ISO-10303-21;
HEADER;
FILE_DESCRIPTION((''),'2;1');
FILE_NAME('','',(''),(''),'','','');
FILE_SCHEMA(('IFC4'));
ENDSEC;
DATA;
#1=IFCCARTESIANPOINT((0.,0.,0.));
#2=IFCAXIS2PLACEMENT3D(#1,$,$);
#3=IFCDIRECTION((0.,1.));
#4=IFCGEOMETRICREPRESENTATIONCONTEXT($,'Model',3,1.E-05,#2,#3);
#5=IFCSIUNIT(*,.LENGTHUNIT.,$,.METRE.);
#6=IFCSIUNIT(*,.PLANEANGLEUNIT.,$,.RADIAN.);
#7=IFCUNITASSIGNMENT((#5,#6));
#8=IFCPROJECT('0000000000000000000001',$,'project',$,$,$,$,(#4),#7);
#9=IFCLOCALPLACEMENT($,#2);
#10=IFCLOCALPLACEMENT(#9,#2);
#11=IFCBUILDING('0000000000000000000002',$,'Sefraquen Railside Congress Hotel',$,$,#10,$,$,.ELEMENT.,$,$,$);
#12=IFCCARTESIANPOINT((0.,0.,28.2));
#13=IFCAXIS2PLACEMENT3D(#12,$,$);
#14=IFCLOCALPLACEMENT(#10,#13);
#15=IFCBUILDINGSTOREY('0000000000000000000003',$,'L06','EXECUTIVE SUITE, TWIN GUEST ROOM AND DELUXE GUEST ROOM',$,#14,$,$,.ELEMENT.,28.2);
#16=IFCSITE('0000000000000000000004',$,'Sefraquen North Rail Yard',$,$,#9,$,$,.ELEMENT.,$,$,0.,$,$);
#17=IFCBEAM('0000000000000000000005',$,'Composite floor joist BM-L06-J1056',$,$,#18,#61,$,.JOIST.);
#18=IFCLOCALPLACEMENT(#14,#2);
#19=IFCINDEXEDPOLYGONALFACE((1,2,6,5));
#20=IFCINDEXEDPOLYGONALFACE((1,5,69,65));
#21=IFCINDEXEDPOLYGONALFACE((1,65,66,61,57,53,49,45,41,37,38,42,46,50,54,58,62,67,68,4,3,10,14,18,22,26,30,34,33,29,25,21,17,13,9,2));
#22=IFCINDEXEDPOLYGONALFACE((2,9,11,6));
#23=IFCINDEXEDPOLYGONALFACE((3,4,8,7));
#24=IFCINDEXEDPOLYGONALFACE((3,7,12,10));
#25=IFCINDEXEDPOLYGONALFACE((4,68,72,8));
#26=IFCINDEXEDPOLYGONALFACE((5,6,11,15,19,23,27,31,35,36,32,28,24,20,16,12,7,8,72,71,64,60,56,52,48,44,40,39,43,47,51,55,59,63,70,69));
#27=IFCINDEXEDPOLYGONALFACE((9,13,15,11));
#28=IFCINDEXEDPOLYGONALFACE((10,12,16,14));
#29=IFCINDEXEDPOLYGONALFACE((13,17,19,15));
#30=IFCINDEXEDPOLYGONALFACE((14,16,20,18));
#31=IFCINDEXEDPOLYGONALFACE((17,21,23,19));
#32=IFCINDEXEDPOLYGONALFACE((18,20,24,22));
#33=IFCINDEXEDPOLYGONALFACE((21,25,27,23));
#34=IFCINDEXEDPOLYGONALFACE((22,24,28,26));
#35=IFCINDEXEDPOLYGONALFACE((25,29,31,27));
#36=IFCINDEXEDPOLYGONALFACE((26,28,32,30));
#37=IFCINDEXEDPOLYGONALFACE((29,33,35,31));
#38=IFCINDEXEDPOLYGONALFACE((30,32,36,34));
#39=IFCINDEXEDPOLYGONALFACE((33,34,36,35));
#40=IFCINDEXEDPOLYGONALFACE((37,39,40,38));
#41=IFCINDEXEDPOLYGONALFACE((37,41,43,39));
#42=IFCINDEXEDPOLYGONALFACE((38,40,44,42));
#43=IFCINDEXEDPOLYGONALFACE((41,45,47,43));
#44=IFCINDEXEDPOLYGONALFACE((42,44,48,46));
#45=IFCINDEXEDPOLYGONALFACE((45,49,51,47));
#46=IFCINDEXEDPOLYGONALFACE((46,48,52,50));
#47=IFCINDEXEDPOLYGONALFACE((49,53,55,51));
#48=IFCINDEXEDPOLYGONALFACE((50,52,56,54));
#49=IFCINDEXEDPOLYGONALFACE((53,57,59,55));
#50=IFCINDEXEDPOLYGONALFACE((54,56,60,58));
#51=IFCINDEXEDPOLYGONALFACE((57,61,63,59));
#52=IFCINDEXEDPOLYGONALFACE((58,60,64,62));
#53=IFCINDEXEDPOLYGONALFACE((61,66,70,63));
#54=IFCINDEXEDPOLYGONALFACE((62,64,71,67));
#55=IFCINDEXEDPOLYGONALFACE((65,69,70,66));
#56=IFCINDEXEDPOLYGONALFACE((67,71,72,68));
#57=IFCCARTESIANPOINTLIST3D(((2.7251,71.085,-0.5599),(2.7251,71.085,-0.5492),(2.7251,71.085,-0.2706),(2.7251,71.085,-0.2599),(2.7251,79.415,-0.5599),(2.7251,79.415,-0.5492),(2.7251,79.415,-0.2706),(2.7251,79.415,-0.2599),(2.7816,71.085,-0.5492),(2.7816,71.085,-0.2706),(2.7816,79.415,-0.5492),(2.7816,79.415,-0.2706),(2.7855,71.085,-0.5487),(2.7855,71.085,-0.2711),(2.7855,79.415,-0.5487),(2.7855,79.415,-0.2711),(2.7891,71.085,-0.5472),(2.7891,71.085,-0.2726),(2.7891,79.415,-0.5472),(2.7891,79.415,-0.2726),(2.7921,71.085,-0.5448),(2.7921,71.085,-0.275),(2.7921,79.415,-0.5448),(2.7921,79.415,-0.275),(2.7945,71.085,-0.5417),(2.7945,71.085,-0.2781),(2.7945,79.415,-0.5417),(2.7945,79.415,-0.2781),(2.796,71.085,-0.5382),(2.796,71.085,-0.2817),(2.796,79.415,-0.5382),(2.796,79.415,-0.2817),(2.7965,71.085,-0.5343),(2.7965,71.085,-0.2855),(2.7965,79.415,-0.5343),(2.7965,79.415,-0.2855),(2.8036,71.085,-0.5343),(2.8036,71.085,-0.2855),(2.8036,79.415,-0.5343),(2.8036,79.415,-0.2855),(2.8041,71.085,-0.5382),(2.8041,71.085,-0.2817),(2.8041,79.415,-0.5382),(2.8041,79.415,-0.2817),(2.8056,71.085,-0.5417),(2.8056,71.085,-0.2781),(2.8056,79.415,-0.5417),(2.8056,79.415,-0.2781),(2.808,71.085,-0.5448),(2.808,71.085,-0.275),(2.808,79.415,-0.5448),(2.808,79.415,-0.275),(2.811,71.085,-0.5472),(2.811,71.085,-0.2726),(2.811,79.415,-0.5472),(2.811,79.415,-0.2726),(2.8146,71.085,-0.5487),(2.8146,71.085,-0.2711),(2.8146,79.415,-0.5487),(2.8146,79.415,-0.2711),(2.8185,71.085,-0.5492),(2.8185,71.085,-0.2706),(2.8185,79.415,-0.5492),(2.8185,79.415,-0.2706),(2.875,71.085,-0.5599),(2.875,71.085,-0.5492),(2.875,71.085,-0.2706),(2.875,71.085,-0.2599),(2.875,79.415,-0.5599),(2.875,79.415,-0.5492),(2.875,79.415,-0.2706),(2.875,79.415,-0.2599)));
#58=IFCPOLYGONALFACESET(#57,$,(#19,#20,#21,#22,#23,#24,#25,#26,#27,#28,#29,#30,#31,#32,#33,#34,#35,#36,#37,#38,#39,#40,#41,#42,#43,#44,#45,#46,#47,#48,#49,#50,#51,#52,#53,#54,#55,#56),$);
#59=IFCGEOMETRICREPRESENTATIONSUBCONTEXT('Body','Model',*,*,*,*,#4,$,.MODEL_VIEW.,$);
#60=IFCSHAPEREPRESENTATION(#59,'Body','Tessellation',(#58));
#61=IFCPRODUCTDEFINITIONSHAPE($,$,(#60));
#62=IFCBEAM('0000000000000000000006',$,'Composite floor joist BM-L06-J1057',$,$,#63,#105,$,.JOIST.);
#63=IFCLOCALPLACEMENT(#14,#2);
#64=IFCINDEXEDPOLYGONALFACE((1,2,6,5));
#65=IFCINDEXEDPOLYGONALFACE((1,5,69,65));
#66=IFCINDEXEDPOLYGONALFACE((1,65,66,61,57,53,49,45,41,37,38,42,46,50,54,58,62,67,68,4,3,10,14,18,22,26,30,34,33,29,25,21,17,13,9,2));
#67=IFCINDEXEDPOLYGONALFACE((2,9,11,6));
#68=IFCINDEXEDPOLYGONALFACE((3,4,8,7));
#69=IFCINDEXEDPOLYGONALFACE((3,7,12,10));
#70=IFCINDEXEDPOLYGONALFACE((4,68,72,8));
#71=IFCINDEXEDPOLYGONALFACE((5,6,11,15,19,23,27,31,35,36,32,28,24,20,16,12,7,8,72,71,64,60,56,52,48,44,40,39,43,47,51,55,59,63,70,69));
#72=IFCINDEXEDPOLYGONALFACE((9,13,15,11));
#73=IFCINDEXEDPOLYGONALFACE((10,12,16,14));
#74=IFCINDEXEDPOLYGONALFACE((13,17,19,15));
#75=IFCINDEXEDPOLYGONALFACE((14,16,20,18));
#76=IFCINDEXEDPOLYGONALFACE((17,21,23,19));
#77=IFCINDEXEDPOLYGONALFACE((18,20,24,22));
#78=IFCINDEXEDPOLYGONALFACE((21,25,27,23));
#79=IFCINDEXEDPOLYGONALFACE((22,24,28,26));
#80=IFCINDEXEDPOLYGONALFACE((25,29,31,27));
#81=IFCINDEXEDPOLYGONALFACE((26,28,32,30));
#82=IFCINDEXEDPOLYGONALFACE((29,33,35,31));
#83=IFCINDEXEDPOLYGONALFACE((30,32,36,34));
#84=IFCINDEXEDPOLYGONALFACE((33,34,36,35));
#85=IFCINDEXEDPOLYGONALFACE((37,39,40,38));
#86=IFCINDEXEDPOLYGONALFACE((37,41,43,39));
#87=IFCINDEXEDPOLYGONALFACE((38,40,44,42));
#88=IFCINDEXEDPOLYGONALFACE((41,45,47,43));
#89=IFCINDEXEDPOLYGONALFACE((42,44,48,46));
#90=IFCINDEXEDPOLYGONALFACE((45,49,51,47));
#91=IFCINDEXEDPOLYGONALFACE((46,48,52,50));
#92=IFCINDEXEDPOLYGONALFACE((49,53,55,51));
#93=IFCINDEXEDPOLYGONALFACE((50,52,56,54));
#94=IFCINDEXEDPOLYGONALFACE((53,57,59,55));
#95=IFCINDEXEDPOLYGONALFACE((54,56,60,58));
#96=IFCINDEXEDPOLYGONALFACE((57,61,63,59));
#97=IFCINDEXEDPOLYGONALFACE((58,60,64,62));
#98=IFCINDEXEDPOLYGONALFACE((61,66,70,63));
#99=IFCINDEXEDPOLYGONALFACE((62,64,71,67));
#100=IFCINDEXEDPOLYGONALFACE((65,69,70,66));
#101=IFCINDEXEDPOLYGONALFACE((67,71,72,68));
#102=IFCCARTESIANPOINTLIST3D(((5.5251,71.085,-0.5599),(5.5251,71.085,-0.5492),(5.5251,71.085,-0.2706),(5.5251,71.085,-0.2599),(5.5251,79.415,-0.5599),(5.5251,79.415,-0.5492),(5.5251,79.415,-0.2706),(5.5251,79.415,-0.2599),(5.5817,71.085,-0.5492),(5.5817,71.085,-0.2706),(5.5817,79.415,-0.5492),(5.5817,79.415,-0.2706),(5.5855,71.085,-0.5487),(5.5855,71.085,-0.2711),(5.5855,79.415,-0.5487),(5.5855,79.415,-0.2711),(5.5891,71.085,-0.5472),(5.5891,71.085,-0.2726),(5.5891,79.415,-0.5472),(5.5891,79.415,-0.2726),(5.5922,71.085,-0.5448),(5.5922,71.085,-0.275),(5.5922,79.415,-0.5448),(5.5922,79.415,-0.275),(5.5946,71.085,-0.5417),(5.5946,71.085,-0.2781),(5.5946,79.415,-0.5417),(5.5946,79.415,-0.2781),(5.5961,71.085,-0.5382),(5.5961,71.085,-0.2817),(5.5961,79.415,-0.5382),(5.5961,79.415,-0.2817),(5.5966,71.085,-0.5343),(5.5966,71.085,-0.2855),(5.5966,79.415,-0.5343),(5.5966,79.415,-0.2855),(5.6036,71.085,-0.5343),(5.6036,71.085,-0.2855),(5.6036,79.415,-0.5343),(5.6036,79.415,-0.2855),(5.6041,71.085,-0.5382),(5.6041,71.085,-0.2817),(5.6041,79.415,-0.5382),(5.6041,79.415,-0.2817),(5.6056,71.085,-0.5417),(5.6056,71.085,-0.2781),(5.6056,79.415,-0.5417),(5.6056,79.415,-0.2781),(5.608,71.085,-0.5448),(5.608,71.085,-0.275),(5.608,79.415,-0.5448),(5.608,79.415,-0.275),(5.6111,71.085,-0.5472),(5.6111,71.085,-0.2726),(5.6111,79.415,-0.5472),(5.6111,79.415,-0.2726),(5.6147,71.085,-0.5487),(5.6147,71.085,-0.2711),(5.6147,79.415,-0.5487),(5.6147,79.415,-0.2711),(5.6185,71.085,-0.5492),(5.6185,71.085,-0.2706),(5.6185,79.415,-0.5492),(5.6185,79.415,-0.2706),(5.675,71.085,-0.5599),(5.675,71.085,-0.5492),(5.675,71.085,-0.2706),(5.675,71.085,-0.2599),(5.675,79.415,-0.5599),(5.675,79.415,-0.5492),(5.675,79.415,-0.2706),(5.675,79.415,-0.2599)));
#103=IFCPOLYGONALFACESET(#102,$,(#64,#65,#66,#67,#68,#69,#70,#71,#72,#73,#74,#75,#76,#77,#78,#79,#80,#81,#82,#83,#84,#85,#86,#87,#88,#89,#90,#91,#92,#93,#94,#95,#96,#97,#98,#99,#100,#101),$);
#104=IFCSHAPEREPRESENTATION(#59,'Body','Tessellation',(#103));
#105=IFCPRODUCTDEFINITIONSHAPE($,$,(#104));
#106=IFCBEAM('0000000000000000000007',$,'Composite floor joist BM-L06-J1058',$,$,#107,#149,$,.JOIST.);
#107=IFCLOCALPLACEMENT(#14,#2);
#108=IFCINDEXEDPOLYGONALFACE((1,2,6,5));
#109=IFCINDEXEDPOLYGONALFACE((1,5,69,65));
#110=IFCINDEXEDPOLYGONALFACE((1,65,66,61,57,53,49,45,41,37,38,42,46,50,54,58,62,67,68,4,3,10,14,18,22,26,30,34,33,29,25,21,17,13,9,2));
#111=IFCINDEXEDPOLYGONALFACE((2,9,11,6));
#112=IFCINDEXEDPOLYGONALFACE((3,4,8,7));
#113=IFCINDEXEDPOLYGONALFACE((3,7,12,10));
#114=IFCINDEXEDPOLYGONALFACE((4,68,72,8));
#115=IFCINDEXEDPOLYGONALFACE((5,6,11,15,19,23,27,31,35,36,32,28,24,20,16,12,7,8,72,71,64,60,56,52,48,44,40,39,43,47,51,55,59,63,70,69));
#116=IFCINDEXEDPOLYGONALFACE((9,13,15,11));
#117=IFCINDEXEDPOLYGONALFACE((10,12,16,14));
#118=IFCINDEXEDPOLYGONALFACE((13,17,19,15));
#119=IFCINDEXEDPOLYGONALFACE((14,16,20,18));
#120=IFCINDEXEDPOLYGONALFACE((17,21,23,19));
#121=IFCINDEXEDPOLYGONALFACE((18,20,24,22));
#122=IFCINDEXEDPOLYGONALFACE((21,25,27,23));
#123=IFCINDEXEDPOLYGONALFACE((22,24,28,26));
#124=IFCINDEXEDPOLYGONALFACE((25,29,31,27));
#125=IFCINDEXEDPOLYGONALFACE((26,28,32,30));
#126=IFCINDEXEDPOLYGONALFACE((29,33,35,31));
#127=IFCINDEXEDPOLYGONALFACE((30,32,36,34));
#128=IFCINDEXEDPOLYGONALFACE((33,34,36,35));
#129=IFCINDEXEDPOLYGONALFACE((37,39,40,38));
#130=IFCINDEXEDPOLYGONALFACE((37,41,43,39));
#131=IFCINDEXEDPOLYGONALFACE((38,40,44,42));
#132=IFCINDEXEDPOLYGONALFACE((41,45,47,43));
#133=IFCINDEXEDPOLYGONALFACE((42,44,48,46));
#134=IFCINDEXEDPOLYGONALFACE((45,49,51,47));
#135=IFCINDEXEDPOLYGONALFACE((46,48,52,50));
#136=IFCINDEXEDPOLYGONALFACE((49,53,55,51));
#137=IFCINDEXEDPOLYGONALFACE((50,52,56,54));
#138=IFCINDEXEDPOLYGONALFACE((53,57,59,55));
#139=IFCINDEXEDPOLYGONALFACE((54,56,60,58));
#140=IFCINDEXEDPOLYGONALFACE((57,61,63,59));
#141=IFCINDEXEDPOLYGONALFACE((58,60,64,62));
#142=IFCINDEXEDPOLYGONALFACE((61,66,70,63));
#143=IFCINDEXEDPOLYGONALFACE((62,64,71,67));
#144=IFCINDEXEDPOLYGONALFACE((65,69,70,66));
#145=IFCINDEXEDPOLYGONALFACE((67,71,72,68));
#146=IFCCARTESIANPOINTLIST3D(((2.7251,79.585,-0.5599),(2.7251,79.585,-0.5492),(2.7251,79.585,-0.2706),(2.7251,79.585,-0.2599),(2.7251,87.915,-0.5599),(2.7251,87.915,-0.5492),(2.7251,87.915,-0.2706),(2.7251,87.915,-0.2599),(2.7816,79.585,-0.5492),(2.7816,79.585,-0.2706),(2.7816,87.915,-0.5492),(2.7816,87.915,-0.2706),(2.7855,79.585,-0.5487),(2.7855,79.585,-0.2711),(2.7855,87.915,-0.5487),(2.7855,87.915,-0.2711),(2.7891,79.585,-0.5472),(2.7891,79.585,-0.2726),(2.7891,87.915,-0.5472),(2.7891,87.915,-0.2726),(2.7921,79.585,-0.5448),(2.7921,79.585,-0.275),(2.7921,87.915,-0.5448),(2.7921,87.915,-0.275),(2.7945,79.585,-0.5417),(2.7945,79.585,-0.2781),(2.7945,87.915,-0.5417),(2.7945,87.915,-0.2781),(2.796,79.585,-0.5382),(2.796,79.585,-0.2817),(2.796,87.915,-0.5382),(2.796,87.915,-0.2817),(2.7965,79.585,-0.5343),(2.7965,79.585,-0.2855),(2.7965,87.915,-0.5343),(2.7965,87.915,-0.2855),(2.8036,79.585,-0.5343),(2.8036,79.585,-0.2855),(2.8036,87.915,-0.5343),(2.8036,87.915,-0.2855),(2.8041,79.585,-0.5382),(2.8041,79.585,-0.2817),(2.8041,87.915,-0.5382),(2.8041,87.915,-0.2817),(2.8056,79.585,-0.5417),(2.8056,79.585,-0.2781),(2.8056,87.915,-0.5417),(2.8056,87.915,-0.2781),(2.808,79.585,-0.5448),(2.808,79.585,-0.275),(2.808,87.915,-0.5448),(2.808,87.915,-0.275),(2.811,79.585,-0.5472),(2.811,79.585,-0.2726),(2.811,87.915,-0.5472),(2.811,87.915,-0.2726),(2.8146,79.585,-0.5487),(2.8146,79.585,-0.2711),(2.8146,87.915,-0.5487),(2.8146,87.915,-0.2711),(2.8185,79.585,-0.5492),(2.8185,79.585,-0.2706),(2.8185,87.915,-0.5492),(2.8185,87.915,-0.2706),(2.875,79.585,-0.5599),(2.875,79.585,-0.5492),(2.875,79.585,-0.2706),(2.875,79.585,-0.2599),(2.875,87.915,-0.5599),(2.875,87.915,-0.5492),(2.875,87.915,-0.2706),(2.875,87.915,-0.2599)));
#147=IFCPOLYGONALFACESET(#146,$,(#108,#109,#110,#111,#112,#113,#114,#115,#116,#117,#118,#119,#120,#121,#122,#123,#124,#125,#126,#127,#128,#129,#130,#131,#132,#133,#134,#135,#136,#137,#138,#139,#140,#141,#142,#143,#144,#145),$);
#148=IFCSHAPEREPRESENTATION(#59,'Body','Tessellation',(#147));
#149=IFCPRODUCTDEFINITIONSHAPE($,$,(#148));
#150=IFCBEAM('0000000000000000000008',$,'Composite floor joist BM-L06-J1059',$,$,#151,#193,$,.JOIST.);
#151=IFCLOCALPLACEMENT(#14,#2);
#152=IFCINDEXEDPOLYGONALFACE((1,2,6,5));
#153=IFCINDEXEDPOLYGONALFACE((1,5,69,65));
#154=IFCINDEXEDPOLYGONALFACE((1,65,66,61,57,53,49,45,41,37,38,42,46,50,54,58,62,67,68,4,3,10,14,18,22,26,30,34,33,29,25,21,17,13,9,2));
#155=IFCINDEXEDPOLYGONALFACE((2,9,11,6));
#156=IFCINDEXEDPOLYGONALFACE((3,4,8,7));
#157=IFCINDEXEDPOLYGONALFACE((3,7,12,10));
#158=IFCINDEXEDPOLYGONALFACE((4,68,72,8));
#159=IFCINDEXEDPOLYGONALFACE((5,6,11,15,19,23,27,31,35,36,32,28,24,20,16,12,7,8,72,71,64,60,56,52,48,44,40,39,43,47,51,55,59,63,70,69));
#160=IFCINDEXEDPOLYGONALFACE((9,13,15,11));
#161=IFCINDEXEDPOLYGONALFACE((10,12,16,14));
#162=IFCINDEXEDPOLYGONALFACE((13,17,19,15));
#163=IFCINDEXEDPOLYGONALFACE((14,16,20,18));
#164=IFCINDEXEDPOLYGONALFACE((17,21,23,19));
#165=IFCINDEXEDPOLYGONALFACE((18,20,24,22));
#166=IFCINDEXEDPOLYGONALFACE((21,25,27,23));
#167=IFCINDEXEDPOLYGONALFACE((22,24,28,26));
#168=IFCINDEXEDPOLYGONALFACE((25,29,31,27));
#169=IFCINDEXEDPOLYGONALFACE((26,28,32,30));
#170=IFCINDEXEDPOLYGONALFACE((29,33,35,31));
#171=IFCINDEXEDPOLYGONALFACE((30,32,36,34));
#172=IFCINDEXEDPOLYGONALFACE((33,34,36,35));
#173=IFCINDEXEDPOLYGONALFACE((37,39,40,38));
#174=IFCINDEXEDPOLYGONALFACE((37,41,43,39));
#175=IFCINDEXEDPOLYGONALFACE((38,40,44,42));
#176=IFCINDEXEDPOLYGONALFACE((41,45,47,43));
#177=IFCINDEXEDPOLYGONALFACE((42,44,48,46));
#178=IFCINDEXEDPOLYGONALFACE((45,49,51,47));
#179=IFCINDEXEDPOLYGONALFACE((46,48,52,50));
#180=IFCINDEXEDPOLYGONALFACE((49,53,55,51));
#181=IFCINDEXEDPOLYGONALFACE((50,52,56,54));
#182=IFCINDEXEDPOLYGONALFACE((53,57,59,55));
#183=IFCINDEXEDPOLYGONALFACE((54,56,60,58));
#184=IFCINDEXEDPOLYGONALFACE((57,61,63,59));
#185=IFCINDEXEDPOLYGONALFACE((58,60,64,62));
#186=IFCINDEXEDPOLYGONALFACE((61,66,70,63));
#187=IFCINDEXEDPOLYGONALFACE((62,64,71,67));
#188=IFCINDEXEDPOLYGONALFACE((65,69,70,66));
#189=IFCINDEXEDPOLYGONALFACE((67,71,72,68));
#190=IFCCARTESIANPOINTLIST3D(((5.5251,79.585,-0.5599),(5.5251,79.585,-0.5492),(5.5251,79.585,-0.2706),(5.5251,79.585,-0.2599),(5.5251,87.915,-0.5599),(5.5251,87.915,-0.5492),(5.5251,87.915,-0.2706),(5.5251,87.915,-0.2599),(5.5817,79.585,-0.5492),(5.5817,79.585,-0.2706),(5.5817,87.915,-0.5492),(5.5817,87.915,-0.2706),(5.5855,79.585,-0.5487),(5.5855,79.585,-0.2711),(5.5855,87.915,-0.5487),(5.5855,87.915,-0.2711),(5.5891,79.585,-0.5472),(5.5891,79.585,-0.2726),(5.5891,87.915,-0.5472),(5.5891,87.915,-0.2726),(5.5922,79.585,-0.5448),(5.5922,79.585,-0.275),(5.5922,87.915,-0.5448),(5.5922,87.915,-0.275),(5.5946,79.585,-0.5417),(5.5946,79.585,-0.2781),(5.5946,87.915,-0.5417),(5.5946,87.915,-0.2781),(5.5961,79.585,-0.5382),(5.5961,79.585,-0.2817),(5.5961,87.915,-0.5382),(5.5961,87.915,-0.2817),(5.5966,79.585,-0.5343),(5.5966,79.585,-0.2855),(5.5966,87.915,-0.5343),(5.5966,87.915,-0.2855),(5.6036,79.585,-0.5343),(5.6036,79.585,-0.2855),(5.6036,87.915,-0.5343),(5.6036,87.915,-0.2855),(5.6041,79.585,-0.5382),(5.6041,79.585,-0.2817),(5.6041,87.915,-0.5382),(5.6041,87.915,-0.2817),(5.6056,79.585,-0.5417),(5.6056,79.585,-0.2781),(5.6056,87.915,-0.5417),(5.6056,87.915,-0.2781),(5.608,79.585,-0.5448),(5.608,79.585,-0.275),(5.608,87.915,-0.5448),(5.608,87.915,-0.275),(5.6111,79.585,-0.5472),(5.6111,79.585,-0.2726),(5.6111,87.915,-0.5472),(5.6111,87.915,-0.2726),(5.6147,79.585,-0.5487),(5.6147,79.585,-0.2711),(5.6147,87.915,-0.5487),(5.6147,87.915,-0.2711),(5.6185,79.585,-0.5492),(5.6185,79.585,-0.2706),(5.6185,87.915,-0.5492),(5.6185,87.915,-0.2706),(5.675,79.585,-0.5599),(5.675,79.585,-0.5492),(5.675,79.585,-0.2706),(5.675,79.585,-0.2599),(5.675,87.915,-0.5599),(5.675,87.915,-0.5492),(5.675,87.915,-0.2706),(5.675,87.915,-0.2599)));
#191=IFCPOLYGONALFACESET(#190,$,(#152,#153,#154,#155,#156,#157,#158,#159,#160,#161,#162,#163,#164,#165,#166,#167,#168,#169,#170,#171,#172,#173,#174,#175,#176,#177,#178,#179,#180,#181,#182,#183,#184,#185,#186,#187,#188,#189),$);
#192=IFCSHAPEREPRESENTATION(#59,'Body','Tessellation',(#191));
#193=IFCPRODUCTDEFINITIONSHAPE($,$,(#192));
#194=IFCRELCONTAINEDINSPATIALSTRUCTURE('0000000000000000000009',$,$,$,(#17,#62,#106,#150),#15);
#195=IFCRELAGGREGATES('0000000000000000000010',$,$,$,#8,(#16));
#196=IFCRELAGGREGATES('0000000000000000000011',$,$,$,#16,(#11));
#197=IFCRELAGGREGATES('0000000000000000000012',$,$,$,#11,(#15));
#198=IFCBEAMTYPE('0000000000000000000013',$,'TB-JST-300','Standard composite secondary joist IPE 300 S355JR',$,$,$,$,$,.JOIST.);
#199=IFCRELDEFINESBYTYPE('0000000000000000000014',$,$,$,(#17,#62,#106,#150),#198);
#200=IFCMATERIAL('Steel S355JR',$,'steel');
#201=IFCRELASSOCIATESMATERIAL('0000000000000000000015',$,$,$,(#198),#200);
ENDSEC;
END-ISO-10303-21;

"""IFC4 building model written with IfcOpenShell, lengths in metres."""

from ifc_helpers import new_model, si_unit, direction, frame, origin, origin_2d, place, context, subcontext, project, spatial, i_section, extrude, material, material_profile, profile_set, type_object, element, save


model = new_model("IFC4")

# Units and contexts
model_context = context("Model", 3, precision=1e-05, world=origin(), true_north=direction((0.0, 1.0)))
body_context = subcontext(model_context, "Body", "Model", "MODEL_VIEW")
ifc_project = project(units=[si_unit("LENGTHUNIT", "METRE"), si_unit("PLANEANGLEUNIT", "RADIAN")], contexts=[model_context])

# Site, building, storey
site_placement = place(None, origin())
site = spatial("IfcSite", under=ifc_project, at=site_placement, Name="Sefraquen North Rail Yard", CompositionType="ELEMENT", RefElevation=0.0)
building_placement = place(site_placement, origin())
building = spatial("IfcBuilding", under=site, at=building_placement, Name="Sefraquen Railside Congress Hotel", CompositionType="ELEMENT")
storey_placement = place(building_placement, frame((0.0, 0.0, 28.2)))
storey = spatial("IfcBuildingStorey", under=building, at=storey_placement, Name="L06", Description="EXECUTIVE SUITE, TWIN GUEST ROOM AND DELUXE GUEST ROOM", CompositionType="ELEMENT", Elevation=28.2)

# Shared definitions
ifc_material_1 = material(Name="Steel S355JR", Category="steel")

# Beams
ifc_material_profile_1 = material_profile(ifc_material_1, i_section(OverallWidth=0.1499, OverallDepth=0.3, WebThickness=0.0071, FlangeThickness=0.0107, FilletRadius=0.0149, at=origin_2d()), Name="IPE 300")
ifc_profile_set_1 = profile_set([ifc_material_profile_1], Name="Steel S355JR")
beam_type_1 = type_object("IfcBeamType", Name="TB-JST-300", Description="Standard composite secondary joist IPE 300 S355JR", PredefinedType="JOIST", material=ifc_profile_set_1)
for number, where, z_axis, x_axis, name in (
    (1, (2.8, 71.085, -0.4099), (0.0, 1.0, 0.0), (-1.0, 0.0, 0.0), "Composite floor joist BM-L06-J1056"),
    (2, (5.6001, 71.085, -0.4099), (0.0, 1.0, 0.0), (-1.0, 0.0, 0.0), "Composite floor joist BM-L06-J1057"),
    (3, (2.8, 79.585, -0.4099), (0.0, 1.0, 0.0), (-1.0, 0.0, 0.0), "Composite floor joist BM-L06-J1058"),
    (4, (5.6001, 79.585, -0.4099), (0.0, 1.0, 0.0), (-1.0, 0.0, 0.0), "Composite floor joist BM-L06-J1059"),
):
    element("IfcBeam", number, at=place(storey_placement, frame(where, z_axis=z_axis, x_axis=x_axis)), inside=storey, type_object=beam_type_1, Name=name, PredefinedType="JOIST", context=body_context, shape_type="SweptSolid", body=[
        extrude(i_section(OverallWidth=0.1499, OverallDepth=0.3, WebThickness=0.0071, FlangeThickness=0.0107, FilletRadius=0.0149, at=origin_2d()), origin(), (0.0, 0.0, 1.0), 8.3301),
    ])

save(model, "model.ifc")
